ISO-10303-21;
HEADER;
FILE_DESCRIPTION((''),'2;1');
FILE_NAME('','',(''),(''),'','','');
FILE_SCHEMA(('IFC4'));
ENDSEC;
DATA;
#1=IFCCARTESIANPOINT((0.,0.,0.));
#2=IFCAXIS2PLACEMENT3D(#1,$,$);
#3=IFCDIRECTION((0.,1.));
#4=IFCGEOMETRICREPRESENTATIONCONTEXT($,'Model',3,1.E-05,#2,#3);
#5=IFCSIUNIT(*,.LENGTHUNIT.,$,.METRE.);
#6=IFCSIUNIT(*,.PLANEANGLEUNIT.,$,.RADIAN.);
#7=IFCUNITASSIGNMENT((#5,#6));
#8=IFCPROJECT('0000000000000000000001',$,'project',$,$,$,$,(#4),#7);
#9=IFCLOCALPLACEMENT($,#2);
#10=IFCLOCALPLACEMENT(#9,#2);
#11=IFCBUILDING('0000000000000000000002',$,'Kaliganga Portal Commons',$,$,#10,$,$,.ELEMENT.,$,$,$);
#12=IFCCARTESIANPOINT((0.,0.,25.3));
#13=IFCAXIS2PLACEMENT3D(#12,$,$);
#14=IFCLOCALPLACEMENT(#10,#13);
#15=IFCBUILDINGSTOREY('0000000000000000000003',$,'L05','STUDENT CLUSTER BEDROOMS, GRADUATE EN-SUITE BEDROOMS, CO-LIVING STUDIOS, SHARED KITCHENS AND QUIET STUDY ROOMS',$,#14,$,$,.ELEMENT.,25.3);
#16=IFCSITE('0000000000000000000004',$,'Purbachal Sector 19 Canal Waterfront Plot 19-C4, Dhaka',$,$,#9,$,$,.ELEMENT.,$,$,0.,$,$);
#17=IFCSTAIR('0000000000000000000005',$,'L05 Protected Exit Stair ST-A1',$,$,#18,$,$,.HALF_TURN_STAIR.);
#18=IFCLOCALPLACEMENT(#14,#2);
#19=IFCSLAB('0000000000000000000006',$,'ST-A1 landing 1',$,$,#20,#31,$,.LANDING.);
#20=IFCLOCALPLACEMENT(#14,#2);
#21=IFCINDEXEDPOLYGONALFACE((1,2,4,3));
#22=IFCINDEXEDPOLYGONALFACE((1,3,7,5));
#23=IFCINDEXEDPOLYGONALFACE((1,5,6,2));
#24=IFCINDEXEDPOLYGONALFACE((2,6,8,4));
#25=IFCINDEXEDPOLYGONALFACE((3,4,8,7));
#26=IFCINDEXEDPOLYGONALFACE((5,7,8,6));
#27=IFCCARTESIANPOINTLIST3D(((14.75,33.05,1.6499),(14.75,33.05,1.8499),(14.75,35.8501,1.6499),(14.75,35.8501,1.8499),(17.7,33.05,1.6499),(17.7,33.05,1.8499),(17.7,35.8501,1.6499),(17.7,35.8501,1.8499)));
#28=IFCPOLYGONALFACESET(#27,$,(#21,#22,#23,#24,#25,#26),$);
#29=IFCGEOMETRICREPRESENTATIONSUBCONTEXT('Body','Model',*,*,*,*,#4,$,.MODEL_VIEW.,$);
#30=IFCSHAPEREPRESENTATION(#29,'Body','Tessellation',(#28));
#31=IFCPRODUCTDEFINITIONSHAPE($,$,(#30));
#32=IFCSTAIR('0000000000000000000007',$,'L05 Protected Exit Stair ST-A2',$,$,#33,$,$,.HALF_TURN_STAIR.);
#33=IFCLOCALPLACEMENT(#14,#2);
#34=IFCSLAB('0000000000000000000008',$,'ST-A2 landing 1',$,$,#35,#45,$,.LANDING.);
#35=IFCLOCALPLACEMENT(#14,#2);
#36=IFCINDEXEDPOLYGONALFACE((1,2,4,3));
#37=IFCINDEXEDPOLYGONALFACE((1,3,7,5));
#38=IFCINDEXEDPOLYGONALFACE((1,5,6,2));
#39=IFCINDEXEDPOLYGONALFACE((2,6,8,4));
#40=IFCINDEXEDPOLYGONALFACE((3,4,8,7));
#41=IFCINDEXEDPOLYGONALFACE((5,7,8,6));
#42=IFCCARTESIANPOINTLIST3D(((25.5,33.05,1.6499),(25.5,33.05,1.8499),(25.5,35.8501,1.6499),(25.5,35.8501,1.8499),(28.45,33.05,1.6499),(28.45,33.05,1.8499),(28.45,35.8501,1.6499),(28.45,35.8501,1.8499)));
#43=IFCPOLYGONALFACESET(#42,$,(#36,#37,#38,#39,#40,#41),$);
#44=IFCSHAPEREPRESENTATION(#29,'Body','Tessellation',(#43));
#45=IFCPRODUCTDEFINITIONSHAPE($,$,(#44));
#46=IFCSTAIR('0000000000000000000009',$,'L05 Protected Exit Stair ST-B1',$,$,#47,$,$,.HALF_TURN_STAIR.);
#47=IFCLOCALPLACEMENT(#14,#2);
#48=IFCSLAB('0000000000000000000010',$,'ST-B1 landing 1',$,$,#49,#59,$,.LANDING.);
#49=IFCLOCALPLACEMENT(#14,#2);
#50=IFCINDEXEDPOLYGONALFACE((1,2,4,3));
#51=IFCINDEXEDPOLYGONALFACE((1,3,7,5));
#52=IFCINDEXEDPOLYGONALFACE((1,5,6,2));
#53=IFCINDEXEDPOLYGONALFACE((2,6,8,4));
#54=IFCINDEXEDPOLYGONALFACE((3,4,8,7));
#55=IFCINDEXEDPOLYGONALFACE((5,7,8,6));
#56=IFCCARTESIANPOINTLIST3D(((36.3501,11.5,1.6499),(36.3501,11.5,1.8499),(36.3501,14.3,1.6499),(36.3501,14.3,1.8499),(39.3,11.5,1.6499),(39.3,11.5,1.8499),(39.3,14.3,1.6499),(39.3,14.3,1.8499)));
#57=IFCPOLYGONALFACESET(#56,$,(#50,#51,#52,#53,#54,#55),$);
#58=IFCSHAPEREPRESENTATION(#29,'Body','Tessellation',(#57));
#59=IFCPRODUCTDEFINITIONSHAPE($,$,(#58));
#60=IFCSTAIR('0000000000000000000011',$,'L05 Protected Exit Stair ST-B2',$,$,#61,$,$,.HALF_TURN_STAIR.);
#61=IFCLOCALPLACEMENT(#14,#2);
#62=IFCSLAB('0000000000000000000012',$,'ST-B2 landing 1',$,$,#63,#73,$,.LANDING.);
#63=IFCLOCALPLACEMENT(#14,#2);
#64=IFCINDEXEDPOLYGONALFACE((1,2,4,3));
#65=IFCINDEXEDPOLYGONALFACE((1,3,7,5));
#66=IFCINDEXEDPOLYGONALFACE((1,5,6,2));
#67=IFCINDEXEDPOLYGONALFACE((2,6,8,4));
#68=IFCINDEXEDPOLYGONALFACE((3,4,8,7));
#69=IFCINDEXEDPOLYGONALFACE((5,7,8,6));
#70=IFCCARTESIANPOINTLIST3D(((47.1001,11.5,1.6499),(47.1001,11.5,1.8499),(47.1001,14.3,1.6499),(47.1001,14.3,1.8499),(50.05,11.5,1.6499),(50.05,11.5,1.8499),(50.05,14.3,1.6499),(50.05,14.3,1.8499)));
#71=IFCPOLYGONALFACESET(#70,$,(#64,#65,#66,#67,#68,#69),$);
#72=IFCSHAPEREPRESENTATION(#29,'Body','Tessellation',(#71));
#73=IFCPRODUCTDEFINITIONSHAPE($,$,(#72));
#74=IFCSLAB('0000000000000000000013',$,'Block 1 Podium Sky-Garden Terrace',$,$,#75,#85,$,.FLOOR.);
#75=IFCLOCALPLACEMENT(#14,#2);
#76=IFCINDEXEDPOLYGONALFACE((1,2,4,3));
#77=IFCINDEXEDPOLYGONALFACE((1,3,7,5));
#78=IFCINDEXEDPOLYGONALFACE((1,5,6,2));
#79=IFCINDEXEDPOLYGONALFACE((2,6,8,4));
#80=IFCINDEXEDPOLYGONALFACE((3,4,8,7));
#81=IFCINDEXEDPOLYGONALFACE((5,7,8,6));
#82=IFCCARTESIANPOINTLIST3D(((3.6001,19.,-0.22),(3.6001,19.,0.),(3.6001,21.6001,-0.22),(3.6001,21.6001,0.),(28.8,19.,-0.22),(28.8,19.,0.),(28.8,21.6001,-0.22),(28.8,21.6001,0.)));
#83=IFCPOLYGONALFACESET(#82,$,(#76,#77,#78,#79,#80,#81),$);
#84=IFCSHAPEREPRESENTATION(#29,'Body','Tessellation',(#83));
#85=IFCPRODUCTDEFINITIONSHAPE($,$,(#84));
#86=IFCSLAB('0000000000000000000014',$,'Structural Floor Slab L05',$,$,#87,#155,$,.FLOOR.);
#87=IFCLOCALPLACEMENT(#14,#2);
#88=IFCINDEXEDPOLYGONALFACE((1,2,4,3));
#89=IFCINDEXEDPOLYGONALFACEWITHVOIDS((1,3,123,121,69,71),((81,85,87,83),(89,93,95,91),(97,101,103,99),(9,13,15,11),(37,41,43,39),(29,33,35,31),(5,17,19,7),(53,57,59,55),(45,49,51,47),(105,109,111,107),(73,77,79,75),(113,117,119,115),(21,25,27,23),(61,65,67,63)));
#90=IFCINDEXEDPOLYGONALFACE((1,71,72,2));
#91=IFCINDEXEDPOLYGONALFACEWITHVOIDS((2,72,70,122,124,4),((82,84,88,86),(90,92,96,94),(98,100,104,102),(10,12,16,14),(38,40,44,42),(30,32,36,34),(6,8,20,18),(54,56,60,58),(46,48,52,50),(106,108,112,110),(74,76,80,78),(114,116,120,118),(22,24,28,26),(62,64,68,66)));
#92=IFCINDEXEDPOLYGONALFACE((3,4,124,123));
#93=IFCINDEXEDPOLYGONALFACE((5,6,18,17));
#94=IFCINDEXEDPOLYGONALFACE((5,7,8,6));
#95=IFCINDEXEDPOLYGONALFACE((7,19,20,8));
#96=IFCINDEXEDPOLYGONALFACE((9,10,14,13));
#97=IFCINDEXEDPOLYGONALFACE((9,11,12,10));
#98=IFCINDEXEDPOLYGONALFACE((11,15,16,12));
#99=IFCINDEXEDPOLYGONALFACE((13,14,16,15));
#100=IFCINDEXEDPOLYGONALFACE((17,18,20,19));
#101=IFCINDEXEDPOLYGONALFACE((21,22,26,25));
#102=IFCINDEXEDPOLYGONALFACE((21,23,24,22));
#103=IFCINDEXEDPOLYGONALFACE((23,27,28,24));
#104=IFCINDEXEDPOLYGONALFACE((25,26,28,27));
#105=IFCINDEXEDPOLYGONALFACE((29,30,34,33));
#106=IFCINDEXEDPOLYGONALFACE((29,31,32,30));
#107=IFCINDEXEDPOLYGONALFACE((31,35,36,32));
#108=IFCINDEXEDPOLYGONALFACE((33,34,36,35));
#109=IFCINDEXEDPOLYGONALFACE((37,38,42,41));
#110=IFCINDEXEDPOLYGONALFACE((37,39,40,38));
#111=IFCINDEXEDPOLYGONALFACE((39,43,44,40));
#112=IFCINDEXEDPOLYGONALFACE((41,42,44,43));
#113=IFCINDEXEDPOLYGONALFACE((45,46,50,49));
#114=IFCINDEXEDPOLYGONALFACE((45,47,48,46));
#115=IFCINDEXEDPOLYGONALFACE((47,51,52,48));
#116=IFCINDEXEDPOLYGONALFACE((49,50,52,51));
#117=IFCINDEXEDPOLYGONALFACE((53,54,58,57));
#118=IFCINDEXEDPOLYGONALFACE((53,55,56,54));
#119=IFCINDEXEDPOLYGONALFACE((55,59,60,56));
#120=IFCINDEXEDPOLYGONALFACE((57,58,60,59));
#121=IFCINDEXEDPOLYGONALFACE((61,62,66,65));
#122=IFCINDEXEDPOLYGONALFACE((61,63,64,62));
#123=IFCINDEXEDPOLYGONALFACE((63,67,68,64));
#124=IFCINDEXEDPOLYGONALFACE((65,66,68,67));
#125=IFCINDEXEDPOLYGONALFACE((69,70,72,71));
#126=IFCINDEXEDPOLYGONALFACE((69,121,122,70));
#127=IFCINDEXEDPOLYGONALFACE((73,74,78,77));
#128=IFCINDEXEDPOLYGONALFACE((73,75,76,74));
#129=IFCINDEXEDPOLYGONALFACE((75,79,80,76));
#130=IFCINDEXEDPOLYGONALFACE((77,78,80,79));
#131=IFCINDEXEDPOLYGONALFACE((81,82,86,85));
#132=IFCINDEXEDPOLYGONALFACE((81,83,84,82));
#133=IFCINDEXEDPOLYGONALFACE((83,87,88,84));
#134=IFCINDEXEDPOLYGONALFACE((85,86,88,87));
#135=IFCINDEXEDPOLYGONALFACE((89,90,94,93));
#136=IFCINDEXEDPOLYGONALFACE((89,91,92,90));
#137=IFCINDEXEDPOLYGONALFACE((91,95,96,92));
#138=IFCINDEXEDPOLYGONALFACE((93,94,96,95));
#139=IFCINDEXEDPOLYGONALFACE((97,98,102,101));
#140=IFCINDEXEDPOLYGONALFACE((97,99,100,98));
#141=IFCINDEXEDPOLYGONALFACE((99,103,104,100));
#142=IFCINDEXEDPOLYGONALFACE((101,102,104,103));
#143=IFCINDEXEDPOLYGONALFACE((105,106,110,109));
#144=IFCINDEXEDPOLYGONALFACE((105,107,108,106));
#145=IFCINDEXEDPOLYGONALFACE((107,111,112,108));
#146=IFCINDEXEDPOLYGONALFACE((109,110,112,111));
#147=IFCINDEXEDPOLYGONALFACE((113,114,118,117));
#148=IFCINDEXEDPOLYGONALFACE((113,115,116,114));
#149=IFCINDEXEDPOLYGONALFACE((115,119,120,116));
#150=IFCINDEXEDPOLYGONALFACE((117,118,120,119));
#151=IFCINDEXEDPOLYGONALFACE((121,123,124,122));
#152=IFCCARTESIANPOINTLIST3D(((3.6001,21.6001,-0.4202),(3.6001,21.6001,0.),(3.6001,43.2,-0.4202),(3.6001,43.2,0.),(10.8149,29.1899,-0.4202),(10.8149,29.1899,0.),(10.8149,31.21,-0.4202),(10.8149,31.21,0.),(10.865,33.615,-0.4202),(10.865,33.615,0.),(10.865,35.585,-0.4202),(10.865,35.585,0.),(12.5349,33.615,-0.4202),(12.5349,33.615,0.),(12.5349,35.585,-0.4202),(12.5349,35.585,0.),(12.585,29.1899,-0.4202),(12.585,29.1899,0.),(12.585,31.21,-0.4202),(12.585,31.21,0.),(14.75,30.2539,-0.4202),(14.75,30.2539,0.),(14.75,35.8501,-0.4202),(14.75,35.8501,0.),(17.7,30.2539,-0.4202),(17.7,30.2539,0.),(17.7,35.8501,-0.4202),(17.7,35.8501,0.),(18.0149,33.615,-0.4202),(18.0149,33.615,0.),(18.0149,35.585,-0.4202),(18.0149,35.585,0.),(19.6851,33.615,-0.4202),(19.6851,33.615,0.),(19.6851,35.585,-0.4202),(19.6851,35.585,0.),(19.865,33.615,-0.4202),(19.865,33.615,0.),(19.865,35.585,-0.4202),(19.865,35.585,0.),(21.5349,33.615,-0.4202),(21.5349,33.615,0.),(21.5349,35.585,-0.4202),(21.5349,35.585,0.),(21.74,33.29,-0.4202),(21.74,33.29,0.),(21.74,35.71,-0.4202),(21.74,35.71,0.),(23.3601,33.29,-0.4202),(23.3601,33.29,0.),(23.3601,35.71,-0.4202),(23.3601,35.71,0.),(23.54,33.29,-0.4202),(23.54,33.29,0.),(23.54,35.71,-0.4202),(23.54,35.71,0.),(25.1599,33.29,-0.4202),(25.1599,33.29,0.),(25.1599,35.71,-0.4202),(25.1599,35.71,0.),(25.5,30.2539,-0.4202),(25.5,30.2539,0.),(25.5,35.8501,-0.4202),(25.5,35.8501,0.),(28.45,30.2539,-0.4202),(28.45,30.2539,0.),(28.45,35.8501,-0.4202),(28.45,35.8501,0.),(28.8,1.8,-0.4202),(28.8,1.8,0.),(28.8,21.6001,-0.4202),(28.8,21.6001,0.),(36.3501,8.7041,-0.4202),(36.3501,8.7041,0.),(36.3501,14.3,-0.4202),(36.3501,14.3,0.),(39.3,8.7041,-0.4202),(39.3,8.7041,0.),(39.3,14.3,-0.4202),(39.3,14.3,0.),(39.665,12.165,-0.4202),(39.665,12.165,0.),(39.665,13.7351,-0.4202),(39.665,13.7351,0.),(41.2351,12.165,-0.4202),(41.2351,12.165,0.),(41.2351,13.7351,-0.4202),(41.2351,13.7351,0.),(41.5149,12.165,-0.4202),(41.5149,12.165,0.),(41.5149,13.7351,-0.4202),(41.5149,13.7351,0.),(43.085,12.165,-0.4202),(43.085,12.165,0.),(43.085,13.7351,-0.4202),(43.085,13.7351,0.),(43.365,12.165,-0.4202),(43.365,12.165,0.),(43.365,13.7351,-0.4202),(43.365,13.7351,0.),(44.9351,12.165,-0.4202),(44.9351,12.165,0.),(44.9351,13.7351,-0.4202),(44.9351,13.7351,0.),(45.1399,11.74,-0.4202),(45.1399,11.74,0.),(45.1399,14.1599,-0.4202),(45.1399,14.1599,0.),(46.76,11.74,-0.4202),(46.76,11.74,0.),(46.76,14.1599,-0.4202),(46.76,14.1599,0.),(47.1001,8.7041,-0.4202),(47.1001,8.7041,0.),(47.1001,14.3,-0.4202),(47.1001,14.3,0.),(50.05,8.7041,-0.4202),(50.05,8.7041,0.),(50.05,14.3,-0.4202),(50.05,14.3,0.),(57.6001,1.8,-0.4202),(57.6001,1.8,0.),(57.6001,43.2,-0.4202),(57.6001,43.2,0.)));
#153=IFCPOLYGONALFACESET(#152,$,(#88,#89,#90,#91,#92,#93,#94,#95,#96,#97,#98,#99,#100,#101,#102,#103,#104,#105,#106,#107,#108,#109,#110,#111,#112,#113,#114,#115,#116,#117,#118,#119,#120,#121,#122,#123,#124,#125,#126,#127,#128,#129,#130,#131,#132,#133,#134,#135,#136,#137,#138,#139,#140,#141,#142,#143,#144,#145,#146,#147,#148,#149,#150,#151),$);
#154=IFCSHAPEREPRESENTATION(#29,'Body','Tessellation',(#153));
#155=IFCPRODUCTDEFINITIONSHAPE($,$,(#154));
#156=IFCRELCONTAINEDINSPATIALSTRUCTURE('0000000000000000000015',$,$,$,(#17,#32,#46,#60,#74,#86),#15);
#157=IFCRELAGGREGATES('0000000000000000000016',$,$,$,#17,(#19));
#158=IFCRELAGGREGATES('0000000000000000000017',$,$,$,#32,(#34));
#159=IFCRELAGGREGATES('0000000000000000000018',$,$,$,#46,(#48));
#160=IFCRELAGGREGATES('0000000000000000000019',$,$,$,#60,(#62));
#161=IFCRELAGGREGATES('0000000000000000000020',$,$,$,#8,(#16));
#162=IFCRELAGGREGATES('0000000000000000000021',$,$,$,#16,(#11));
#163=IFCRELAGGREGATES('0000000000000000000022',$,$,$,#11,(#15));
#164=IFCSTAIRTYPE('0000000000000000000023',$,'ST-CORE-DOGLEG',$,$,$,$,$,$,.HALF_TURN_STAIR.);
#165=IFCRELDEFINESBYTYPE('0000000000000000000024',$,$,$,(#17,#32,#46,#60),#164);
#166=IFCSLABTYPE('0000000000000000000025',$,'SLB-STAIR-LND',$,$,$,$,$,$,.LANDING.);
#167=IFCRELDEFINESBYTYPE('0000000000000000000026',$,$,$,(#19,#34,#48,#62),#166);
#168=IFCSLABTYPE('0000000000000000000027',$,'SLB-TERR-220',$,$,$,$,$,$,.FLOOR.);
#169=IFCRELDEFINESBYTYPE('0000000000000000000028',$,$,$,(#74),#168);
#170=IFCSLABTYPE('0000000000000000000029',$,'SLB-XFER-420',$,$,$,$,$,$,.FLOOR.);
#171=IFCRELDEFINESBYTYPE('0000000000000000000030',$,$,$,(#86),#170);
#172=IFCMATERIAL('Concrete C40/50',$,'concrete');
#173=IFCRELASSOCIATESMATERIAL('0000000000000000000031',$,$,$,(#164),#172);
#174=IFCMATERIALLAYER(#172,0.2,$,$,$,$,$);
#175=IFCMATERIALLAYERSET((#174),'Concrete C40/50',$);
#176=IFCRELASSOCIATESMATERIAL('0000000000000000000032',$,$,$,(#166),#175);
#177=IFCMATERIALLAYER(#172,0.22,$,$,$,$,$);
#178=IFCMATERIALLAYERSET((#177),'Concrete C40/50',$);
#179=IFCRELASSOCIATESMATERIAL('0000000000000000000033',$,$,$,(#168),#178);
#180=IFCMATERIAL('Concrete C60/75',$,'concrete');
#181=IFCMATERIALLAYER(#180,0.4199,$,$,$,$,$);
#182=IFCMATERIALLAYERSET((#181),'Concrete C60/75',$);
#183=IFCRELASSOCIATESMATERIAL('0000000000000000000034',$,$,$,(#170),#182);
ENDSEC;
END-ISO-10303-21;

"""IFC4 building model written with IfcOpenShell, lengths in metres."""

from ifc_helpers import new_model, si_unit, direction, frame, origin, place, context, subcontext, project, spatial, polyline, outline, extrude, material, layer, layer_set, type_object, element, aggregate, save


model = new_model("IFC4")

# Units and contexts
model_context = context("Model", 3, precision=1e-05, world=origin(), true_north=direction((0.0, 1.0)))
body_context = subcontext(model_context, "Body", "Model", "MODEL_VIEW")
ifc_project = project(units=[si_unit("LENGTHUNIT", "METRE"), si_unit("PLANEANGLEUNIT", "RADIAN")], contexts=[model_context])

# Site, building, storey
site_placement = place(None, origin())
site = spatial("IfcSite", under=ifc_project, at=site_placement, Name="Purbachal Sector 19 Canal Waterfront Plot 19-C4, Dhaka", CompositionType="ELEMENT", RefElevation=0.0)
building_placement = place(site_placement, origin())
building = spatial("IfcBuilding", under=site, at=building_placement, Name="Kaliganga Portal Commons", CompositionType="ELEMENT")
storey_placement = place(building_placement, frame((0.0, 0.0, 25.3)))
storey = spatial("IfcBuildingStorey", under=building, at=storey_placement, Name="L05", Description="STUDENT CLUSTER BEDROOMS, GRADUATE EN-SUITE BEDROOMS, CO-LIVING STUDIOS, SHARED KITCHENS AND QUIET STUDY ROOMS", CompositionType="ELEMENT", Elevation=25.3)

# Shared definitions
ifc_material_1 = material(Name="Concrete C40/50", Category="concrete")

# Stairs, slabs
stair_type = type_object("IfcStairType", Name="ST-CORE-DOGLEG", PredefinedType="HALF_TURN_STAIR", material=ifc_material_1)
stair_1_placement = place(storey_placement, origin())
stair_1 = element("IfcStair", 1, at=stair_1_placement, inside=storey, type_object=stair_type, Name="L05 Protected Exit Stair ST-A1", PredefinedType="HALF_TURN_STAIR")
ifc_layer_1 = layer(ifc_material_1, 0.2)
ifc_layer_set_1 = layer_set([ifc_layer_1], Name="Concrete C40/50")
slab_type_1 = type_object("IfcSlabType", Name="SLB-STAIR-LND", PredefinedType="LANDING", material=ifc_layer_set_1)
slab_1_placement = place(storey_placement, frame((0.0, 0.0, 1.6499)))
slab_1 = element("IfcSlab", 2, at=slab_1_placement, type_object=slab_type_1, Name="ST-A1 landing 1", PredefinedType="LANDING", context=body_context, shape_type="SweptSolid", body=[
    extrude(outline(polyline([(17.7, 33.05), (17.7, 35.8501), (14.75, 35.8501), (14.75, 33.05), (17.7, 33.05)])), origin(), (0.0, 0.0, 1.0), 0.2),
])
aggregate(stair_1, [slab_1])
stair_2_placement = place(storey_placement, origin())
stair_2 = element("IfcStair", 3, at=stair_2_placement, inside=storey, type_object=stair_type, Name="L05 Protected Exit Stair ST-A2", PredefinedType="HALF_TURN_STAIR")
slab_2_placement = place(storey_placement, frame((0.0, 0.0, 1.6499)))
slab_2 = element("IfcSlab", 4, at=slab_2_placement, type_object=slab_type_1, Name="ST-A2 landing 1", PredefinedType="LANDING", context=body_context, shape_type="SweptSolid", body=[
    extrude(outline(polyline([(28.45, 33.05), (28.45, 35.8501), (25.5, 35.8501), (25.5, 33.05), (28.45, 33.05)])), origin(), (0.0, 0.0, 1.0), 0.2),
])
aggregate(stair_2, [slab_2])
stair_3_placement = place(storey_placement, origin())
stair_3 = element("IfcStair", 5, at=stair_3_placement, inside=storey, type_object=stair_type, Name="L05 Protected Exit Stair ST-B1", PredefinedType="HALF_TURN_STAIR")
slab_3_placement = place(storey_placement, frame((0.0, 0.0, 1.6499)))
slab_3 = element("IfcSlab", 6, at=slab_3_placement, type_object=slab_type_1, Name="ST-B1 landing 1", PredefinedType="LANDING", context=body_context, shape_type="SweptSolid", body=[
    extrude(outline(polyline([(39.3, 11.5), (39.3, 14.3), (36.3501, 14.3), (36.3501, 11.5), (39.3, 11.5)])), origin(), (0.0, 0.0, 1.0), 0.2),
])
aggregate(stair_3, [slab_3])
stair_4_placement = place(storey_placement, origin())
stair_4 = element("IfcStair", 7, at=stair_4_placement, inside=storey, type_object=stair_type, Name="L05 Protected Exit Stair ST-B2", PredefinedType="HALF_TURN_STAIR")
slab_4_placement = place(storey_placement, frame((0.0, 0.0, 1.6499)))
slab_4 = element("IfcSlab", 8, at=slab_4_placement, type_object=slab_type_1, Name="ST-B2 landing 1", PredefinedType="LANDING", context=body_context, shape_type="SweptSolid", body=[
    extrude(outline(polyline([(50.05, 11.5), (50.05, 14.3), (47.1001, 14.3), (47.1001, 11.5), (50.05, 11.5)])), origin(), (0.0, 0.0, 1.0), 0.2),
])
aggregate(stair_4, [slab_4])

# Slabs
ifc_layer_2 = layer(ifc_material_1, 0.22)
ifc_layer_set_2 = layer_set([ifc_layer_2], Name="Concrete C40/50")
slab_type_2 = type_object("IfcSlabType", Name="SLB-TERR-220", PredefinedType="FLOOR", material=ifc_layer_set_2)
slab_5_placement = place(storey_placement, frame((0.0, 0.0, -0.22)))
element("IfcSlab", 9, at=slab_5_placement, inside=storey, type_object=slab_type_2, Name="Block 1 Podium Sky-Garden Terrace", PredefinedType="FLOOR", context=body_context, shape_type="SweptSolid", body=[
    extrude(outline(polyline([(3.6001, 19.0), (28.8, 19.0), (28.8, 21.6001), (3.6001, 21.6001), (3.6001, 19.0)])), origin(), (0.0, 0.0, 1.0), 0.22),
])
ifc_material_2 = material(Name="Concrete C60/75", Category="concrete")
ifc_layer_3 = layer(ifc_material_2, 0.4199)
ifc_layer_set_3 = layer_set([ifc_layer_3], Name="Concrete C60/75")
slab_type_3 = type_object("IfcSlabType", Name="SLB-XFER-420", PredefinedType="FLOOR", material=ifc_layer_set_3)
slab_6_placement = place(storey_placement, frame((0.0, 0.0, -0.4202)))
element("IfcSlab", 10, at=slab_6_placement, inside=storey, type_object=slab_type_3, Name="Structural Floor Slab L05", PredefinedType="FLOOR", context=body_context, shape_type="SweptSolid", body=[
    extrude(outline(polyline([(28.8, 1.8), (57.6001, 1.8), (57.6001, 43.2), (3.6001, 43.2), (3.6001, 21.6001), (28.8, 21.6001), (28.8, 1.8)]), holes=[polyline([(14.75, 30.2539), (14.75, 35.8501), (17.7, 35.8501), (17.7, 30.2539), (14.75, 30.2539)]), polyline([(25.5, 30.2539), (25.5, 35.8501), (28.45, 35.8501), (28.45, 30.2539), (25.5, 30.2539)]), polyline([(36.3501, 8.7041), (36.3501, 14.3), (39.3, 14.3), (39.3, 8.7041), (36.3501, 8.7041)]), polyline([(47.1001, 8.7041), (47.1001, 14.3), (50.05, 14.3), (50.05, 8.7041), (47.1001, 8.7041)]), polyline([(18.0149, 33.615), (18.0149, 35.585), (19.6851, 35.585), (19.6851, 33.615), (18.0149, 33.615)]), polyline([(19.865, 33.615), (19.865, 35.585), (21.5349, 35.585), (21.5349, 33.615), (19.865, 33.615)]), polyline([(10.8149, 29.1899), (10.8149, 31.21), (12.585, 31.21), (12.585, 29.1899), (10.8149, 29.1899)]), polyline([(10.865, 33.615), (10.865, 35.585), (12.5349, 35.585), (12.5349, 33.615), (10.865, 33.615)]), polyline([(21.74, 33.29), (21.74, 35.71), (23.3601, 35.71), (23.3601, 33.29), (21.74, 33.29)]), polyline([(23.54, 33.29), (23.54, 35.71), (25.1599, 35.71), (25.1599, 33.29), (23.54, 33.29)]), polyline([(39.665, 12.165), (39.665, 13.7351), (41.2351, 13.7351), (41.2351, 12.165), (39.665, 12.165)]), polyline([(41.5149, 12.165), (41.5149, 13.7351), (43.085, 13.7351), (43.085, 12.165), (41.5149, 12.165)]), polyline([(43.365, 12.165), (43.365, 13.7351), (44.9351, 13.7351), (44.9351, 12.165), (43.365, 12.165)]), polyline([(45.1399, 11.74), (45.1399, 14.1599), (46.76, 14.1599), (46.76, 11.74), (45.1399, 11.74)])]), origin(), (0.0, 0.0, 1.0), 0.4202),
])

save(model, "model.ifc")
